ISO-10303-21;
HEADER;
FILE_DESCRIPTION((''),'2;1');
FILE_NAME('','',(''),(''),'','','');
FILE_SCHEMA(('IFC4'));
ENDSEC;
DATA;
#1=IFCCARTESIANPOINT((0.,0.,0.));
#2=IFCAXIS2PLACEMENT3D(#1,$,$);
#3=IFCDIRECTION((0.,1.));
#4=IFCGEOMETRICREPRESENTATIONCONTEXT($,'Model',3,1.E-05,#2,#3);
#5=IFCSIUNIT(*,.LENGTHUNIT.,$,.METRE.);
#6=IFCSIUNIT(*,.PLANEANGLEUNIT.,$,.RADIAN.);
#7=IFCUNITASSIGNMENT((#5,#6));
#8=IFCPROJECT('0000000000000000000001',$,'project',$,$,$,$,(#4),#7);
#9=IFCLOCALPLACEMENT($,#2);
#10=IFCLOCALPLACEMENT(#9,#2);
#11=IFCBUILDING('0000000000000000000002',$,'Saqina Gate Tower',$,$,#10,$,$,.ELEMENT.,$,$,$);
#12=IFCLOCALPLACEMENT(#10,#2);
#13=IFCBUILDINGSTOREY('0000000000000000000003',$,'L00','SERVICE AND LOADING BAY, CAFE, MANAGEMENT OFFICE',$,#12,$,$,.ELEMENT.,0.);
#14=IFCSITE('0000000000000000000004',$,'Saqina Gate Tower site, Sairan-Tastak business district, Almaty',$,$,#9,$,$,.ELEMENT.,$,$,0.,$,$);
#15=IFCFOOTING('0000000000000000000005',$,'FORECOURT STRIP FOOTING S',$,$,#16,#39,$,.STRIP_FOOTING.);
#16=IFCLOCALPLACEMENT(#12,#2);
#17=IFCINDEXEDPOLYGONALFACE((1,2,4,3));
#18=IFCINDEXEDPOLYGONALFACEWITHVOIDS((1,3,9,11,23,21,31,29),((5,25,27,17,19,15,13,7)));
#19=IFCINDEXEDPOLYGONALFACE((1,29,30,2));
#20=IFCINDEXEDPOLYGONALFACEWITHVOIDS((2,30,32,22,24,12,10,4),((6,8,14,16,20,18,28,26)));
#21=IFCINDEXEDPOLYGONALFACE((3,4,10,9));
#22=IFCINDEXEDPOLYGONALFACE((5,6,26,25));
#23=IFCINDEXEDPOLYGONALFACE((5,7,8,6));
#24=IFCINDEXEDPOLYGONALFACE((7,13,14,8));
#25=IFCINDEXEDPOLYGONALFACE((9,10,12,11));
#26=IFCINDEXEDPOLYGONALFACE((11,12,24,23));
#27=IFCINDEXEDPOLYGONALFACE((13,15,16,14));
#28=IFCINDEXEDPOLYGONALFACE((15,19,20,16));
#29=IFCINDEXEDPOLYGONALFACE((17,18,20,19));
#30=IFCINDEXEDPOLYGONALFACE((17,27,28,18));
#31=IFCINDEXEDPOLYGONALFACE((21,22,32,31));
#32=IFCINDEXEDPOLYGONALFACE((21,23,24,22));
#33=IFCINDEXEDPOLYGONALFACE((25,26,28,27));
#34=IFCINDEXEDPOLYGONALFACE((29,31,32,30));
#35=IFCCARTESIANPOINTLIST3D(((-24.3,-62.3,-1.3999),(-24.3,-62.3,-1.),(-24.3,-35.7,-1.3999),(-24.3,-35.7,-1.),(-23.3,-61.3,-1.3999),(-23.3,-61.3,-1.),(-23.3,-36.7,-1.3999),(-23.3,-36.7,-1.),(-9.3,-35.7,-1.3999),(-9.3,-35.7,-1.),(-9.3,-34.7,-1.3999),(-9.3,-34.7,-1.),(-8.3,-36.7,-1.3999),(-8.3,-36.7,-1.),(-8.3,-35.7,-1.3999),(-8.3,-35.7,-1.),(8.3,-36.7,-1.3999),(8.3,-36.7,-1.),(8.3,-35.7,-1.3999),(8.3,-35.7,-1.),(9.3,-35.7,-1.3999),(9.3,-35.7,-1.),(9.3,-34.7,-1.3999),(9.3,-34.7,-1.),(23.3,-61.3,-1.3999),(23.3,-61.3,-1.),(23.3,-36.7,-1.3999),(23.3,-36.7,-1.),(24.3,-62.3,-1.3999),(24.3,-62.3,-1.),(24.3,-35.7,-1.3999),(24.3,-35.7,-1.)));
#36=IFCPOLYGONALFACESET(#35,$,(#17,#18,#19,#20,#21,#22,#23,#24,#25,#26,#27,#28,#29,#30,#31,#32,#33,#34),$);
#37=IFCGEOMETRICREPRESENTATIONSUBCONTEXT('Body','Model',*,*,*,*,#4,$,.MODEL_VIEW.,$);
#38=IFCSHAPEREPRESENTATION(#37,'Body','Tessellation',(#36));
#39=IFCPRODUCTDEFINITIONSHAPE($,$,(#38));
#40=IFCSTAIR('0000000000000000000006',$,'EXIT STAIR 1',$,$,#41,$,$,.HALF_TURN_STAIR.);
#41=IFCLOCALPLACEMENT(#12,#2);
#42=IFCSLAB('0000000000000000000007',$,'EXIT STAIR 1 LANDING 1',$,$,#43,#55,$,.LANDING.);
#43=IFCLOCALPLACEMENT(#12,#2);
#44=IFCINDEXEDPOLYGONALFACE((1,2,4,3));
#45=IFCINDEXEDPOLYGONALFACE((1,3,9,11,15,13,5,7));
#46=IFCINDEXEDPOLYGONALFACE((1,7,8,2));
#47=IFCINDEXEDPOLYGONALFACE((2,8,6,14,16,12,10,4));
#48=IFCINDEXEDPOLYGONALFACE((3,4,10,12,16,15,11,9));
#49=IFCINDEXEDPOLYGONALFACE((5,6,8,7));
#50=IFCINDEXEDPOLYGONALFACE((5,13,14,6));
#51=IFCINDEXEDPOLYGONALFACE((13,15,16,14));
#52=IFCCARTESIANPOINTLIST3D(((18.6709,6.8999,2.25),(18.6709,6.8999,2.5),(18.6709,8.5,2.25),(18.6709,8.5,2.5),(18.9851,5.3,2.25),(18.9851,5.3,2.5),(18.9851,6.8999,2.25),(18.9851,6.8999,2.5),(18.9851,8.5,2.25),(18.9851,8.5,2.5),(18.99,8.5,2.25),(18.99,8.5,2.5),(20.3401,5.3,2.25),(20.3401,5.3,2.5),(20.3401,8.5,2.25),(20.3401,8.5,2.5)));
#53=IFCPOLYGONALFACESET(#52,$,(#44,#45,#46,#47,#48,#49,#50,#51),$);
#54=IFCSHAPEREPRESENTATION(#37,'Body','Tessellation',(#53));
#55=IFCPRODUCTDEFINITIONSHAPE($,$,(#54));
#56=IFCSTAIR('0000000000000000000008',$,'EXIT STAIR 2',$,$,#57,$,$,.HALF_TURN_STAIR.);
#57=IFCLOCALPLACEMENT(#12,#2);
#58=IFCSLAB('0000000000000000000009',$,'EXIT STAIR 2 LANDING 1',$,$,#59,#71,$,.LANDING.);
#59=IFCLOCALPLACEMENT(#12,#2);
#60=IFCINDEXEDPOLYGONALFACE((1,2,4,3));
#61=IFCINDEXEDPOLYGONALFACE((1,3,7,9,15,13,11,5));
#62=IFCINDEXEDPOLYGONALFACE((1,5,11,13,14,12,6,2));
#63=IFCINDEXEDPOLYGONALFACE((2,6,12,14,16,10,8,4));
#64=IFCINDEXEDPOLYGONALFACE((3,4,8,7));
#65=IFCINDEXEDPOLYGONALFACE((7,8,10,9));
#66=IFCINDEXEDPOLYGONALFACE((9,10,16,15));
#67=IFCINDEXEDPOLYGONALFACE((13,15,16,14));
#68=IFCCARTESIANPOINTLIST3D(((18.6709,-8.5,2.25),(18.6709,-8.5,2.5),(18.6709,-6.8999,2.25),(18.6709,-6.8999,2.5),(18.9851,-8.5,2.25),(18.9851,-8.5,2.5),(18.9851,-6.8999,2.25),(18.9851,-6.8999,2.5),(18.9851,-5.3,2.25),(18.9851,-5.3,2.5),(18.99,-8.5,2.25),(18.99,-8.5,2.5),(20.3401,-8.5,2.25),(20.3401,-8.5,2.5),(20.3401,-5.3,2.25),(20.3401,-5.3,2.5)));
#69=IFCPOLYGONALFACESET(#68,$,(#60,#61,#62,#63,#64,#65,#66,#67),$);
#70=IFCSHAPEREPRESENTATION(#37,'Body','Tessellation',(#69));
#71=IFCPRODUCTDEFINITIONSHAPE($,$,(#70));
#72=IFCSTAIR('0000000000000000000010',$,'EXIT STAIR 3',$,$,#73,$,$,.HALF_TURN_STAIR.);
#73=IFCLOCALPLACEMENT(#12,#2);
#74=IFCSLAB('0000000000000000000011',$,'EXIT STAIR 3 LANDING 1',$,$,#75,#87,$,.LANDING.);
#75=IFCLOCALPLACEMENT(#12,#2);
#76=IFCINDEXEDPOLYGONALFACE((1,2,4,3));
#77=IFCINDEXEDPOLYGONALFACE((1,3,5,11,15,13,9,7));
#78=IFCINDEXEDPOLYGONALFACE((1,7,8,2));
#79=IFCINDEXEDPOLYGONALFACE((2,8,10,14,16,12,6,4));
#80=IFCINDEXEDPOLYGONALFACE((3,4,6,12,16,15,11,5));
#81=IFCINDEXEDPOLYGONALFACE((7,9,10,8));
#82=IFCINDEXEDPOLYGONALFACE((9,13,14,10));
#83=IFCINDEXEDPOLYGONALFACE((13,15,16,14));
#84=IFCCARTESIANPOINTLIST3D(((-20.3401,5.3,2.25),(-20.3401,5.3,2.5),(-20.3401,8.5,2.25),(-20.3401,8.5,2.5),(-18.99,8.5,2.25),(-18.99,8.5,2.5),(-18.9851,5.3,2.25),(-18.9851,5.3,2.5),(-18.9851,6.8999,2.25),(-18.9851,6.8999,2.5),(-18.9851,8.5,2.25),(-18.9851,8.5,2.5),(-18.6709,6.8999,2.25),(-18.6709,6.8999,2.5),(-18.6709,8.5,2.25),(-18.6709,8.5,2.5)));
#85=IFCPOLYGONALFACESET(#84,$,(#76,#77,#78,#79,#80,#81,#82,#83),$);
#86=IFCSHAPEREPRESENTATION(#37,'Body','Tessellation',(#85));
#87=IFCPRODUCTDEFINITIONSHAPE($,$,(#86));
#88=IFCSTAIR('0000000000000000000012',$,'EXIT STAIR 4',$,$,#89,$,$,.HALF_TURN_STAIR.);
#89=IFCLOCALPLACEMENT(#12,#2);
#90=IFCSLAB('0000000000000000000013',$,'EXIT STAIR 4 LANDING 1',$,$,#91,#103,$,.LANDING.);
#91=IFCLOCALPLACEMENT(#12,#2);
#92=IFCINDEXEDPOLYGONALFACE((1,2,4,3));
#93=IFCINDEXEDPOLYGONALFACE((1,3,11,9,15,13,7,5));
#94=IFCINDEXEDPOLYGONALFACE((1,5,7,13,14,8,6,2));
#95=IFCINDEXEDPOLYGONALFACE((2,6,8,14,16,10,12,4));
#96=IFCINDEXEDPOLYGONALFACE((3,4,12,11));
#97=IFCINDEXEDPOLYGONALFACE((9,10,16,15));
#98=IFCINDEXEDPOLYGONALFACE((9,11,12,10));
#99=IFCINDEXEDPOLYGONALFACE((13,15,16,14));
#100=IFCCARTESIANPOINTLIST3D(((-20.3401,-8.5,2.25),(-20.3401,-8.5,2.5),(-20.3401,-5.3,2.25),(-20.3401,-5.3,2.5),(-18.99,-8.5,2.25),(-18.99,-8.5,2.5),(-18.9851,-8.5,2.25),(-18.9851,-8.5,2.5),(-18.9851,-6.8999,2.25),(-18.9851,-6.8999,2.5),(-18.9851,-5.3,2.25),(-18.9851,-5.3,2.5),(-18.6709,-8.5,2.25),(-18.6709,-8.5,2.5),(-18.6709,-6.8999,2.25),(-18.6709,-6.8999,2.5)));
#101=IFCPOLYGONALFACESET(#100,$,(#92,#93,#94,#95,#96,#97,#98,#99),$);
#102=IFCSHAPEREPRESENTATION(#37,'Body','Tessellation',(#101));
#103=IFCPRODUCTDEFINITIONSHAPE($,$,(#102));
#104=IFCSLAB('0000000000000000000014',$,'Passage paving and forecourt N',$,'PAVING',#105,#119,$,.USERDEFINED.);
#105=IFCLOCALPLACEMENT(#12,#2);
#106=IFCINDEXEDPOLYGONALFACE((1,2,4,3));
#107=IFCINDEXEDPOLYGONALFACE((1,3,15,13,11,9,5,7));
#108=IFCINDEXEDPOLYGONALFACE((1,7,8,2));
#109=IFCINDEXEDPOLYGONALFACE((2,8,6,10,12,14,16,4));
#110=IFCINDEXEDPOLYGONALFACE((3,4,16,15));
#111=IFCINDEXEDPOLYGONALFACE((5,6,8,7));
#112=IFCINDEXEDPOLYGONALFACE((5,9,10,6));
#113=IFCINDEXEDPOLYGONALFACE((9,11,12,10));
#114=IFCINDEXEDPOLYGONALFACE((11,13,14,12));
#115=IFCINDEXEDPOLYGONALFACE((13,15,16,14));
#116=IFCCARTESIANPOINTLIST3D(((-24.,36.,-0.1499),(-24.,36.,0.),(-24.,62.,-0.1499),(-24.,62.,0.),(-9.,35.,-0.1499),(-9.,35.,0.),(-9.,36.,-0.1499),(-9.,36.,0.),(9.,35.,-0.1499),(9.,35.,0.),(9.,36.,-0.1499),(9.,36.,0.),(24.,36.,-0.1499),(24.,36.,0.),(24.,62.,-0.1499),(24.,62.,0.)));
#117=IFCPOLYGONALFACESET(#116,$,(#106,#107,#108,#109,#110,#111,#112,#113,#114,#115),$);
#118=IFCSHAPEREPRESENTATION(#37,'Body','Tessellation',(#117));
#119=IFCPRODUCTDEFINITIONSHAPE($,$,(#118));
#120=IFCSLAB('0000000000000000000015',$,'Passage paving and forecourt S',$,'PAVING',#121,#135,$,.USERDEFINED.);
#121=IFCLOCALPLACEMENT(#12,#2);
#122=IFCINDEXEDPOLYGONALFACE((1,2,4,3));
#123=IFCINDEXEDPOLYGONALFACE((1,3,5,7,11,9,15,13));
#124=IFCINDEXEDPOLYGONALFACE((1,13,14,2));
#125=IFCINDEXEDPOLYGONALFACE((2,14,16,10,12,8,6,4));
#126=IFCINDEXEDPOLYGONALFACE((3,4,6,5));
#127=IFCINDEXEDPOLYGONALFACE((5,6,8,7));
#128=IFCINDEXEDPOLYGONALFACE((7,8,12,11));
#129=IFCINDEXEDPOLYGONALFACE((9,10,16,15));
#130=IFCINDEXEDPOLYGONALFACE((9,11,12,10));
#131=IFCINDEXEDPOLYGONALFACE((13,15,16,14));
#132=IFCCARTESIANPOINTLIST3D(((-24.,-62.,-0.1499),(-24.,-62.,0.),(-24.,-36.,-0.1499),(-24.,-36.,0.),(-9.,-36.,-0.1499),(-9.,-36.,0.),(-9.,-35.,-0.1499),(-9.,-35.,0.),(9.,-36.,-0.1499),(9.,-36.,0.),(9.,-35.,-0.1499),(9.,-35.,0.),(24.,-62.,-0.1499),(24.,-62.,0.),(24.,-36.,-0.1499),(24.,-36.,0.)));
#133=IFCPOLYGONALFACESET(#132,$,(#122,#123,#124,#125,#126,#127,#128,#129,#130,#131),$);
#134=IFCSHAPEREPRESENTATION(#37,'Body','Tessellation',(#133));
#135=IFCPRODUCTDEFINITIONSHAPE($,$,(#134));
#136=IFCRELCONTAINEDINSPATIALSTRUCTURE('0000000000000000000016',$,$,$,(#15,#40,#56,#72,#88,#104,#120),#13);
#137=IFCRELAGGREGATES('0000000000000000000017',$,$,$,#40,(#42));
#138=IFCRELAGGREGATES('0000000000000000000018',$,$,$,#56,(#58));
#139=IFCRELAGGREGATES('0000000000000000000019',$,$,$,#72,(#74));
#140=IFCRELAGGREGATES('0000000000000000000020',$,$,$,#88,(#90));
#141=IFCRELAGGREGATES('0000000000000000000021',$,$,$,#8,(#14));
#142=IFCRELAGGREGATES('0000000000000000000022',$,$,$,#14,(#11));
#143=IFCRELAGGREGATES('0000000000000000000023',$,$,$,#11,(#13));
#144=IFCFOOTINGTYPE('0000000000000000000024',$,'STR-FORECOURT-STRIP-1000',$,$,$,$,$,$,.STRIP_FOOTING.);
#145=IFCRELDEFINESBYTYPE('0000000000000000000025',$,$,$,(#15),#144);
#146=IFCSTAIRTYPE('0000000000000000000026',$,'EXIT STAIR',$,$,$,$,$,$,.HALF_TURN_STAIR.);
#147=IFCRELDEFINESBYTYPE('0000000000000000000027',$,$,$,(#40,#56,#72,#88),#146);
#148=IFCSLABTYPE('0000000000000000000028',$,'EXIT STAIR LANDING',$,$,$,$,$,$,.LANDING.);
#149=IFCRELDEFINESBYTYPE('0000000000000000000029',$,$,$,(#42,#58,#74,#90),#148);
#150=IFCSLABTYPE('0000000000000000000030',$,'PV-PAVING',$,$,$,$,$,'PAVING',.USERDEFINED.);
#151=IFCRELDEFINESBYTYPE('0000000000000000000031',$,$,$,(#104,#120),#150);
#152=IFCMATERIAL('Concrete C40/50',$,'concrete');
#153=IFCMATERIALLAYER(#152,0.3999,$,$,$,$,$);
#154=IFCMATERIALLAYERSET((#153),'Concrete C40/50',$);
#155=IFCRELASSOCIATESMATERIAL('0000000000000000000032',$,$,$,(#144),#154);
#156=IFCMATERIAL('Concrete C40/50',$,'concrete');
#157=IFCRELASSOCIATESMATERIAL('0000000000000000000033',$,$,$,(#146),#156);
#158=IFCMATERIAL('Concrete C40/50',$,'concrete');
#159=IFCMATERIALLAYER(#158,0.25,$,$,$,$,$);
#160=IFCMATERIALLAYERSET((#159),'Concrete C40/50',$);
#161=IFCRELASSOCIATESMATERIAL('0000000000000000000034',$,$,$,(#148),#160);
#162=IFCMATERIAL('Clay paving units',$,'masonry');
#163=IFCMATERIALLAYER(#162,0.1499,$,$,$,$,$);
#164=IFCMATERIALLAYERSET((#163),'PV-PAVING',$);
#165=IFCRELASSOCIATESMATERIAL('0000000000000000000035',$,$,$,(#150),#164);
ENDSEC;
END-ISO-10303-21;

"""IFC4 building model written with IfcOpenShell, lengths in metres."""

from ifc_helpers import new_model, si_unit, direction, frame, origin, place, context, subcontext, project, spatial, polyline, outline, extrude, material, layer, layer_set, type_object, element, aggregate, save


model = new_model("IFC4")

# Units and contexts
model_context = context("Model", 3, precision=1e-05, world=origin(), true_north=direction((0.0, 1.0)))
body_context = subcontext(model_context, "Body", "Model", "MODEL_VIEW")
ifc_project = project(units=[si_unit("LENGTHUNIT", "METRE"), si_unit("PLANEANGLEUNIT", "RADIAN")], contexts=[model_context])

# Site, building, storey
site_placement = place(None, origin())
site = spatial("IfcSite", under=ifc_project, at=site_placement, Name="Saqina Gate Tower site, Sairan-Tastak business district, Almaty", CompositionType="ELEMENT", RefElevation=0.0)
building_placement = place(site_placement, origin())
building = spatial("IfcBuilding", under=site, at=building_placement, Name="Saqina Gate Tower", CompositionType="ELEMENT")
storey_placement = place(building_placement, origin())
storey = spatial("IfcBuildingStorey", under=building, at=storey_placement, Name="L00", Description="SERVICE AND LOADING BAY, CAFE, MANAGEMENT OFFICE", CompositionType="ELEMENT", Elevation=0.0)

# Footing
ifc_material_1 = material(Name="Concrete C40/50", Category="concrete")
ifc_layer_1 = layer(ifc_material_1, 0.3999)
ifc_layer_set_1 = layer_set([ifc_layer_1], Name="Concrete C40/50")
footing_type = type_object("IfcFootingType", Name="STR-FORECOURT-STRIP-1000", PredefinedType="STRIP_FOOTING", material=ifc_layer_set_1)
footing_placement = place(storey_placement, frame((0.0, 0.0, -1.3999)))
element("IfcFooting", 1, at=footing_placement, inside=storey, type_object=footing_type, Name="FORECOURT STRIP FOOTING S", PredefinedType="STRIP_FOOTING", context=body_context, shape_type="SweptSolid", body=[
    extrude(outline(polyline([(-24.3, -62.3), (24.3, -62.3), (24.3, -35.7), (9.3, -35.7), (9.3, -34.7), (-9.3, -34.7), (-9.3, -35.7), (-24.3, -35.7), (-24.3, -62.3)]), holes=[polyline([(23.3, -36.7), (23.3, -61.3), (-23.3, -61.3), (-23.3, -36.7), (-8.3, -36.7), (-8.3, -35.7), (8.3, -35.7), (8.3, -36.7), (23.3, -36.7)])]), origin(), (0.0, 0.0, 1.0), 0.3999),
])

# Stairs, slabs
ifc_material_2 = material(Name="Concrete C40/50", Category="concrete")
stair_type = type_object("IfcStairType", Name="EXIT STAIR", PredefinedType="HALF_TURN_STAIR", material=ifc_material_2)
stair_1_placement = place(storey_placement, origin())
stair_1 = element("IfcStair", 2, at=stair_1_placement, inside=storey, type_object=stair_type, Name="EXIT STAIR 1", PredefinedType="HALF_TURN_STAIR")
ifc_material_3 = material(Name="Concrete C40/50", Category="concrete")
ifc_layer_2 = layer(ifc_material_3, 0.25)
ifc_layer_set_2 = layer_set([ifc_layer_2], Name="Concrete C40/50")
slab_type_1 = type_object("IfcSlabType", Name="EXIT STAIR LANDING", PredefinedType="LANDING", material=ifc_layer_set_2)
slab_1_placement = place(storey_placement, frame((0.0, 0.0, 2.25)))
slab_1 = element("IfcSlab", 3, at=slab_1_placement, type_object=slab_type_1, Name="EXIT STAIR 1 LANDING 1", PredefinedType="LANDING", context=body_context, shape_type="SweptSolid", body=[
    extrude(outline(polyline([(20.3401, 8.5), (20.3401, 5.3), (18.9851, 5.3), (18.9851, 6.8999), (18.6709, 6.8999), (18.6709, 8.5), (18.9851, 8.5), (18.99, 8.5), (20.3401, 8.5)])), origin(), (0.0, 0.0, 1.0), 0.25),
])
aggregate(stair_1, [slab_1])
stair_2_placement = place(storey_placement, origin())
stair_2 = element("IfcStair", 4, at=stair_2_placement, inside=storey, type_object=stair_type, Name="EXIT STAIR 2", PredefinedType="HALF_TURN_STAIR")
slab_2_placement = place(storey_placement, frame((0.0, 0.0, 2.25)))
slab_2 = element("IfcSlab", 5, at=slab_2_placement, type_object=slab_type_1, Name="EXIT STAIR 2 LANDING 1", PredefinedType="LANDING", context=body_context, shape_type="SweptSolid", body=[
    extrude(outline(polyline([(18.6709, -8.5), (18.6709, -6.8999), (18.9851, -6.8999), (18.9851, -5.3), (20.3401, -5.3), (20.3401, -8.5), (18.99, -8.5), (18.9851, -8.5), (18.6709, -8.5)])), origin(), (0.0, 0.0, 1.0), 0.25),
])
aggregate(stair_2, [slab_2])
stair_3_placement = place(storey_placement, origin())
stair_3 = element("IfcStair", 6, at=stair_3_placement, inside=storey, type_object=stair_type, Name="EXIT STAIR 3", PredefinedType="HALF_TURN_STAIR")
slab_3_placement = place(storey_placement, frame((0.0, 0.0, 2.25)))
slab_3 = element("IfcSlab", 7, at=slab_3_placement, type_object=slab_type_1, Name="EXIT STAIR 3 LANDING 1", PredefinedType="LANDING", context=body_context, shape_type="SweptSolid", body=[
    extrude(outline(polyline([(-18.9851, 5.3), (-20.3401, 5.3), (-20.3401, 8.5), (-18.99, 8.5), (-18.9851, 8.5), (-18.6709, 8.5), (-18.6709, 6.8999), (-18.9851, 6.8999), (-18.9851, 5.3)])), origin(), (0.0, 0.0, 1.0), 0.25),
])
aggregate(stair_3, [slab_3])
stair_4_placement = place(storey_placement, origin())
stair_4 = element("IfcStair", 8, at=stair_4_placement, inside=storey, type_object=stair_type, Name="EXIT STAIR 4", PredefinedType="HALF_TURN_STAIR")
slab_4_placement = place(storey_placement, frame((0.0, 0.0, 2.25)))
slab_4 = element("IfcSlab", 9, at=slab_4_placement, type_object=slab_type_1, Name="EXIT STAIR 4 LANDING 1", PredefinedType="LANDING", context=body_context, shape_type="SweptSolid", body=[
    extrude(outline(polyline([(-18.6709, -6.8999), (-18.6709, -8.5), (-18.9851, -8.5), (-18.99, -8.5), (-20.3401, -8.5), (-20.3401, -5.3), (-18.9851, -5.3), (-18.9851, -6.8999), (-18.6709, -6.8999)])), origin(), (0.0, 0.0, 1.0), 0.25),
])
aggregate(stair_4, [slab_4])

# Slabs
ifc_material_4 = material(Name="Clay paving units", Category="masonry")
ifc_layer_3 = layer(ifc_material_4, 0.1499)
ifc_layer_set_3 = layer_set([ifc_layer_3], Name="PV-PAVING")
slab_type_2 = type_object("IfcSlabType", Name="PV-PAVING", ElementType="PAVING", PredefinedType="USERDEFINED", material=ifc_layer_set_3)
slab_5_placement = place(storey_placement, frame((0.0, 0.0, -0.1499)))
element("IfcSlab", 10, at=slab_5_placement, inside=storey, type_object=slab_type_2, Name="Passage paving and forecourt N", ObjectType="PAVING", PredefinedType="USERDEFINED", context=body_context, shape_type="SweptSolid", body=[
    extrude(outline(polyline([(-9.0, 35.0), (9.0, 35.0), (9.0, 36.0), (24.0, 36.0), (24.0, 62.0), (-24.0, 62.0), (-24.0, 36.0), (-9.0, 36.0), (-9.0, 35.0)])), origin(), (0.0, 0.0, 1.0), 0.1499),
])
slab_6_placement = place(storey_placement, frame((0.0, 0.0, -0.1499)))
element("IfcSlab", 11, at=slab_6_placement, inside=storey, type_object=slab_type_2, Name="Passage paving and forecourt S", ObjectType="PAVING", PredefinedType="USERDEFINED", context=body_context, shape_type="SweptSolid", body=[
    extrude(outline(polyline([(24.0, -62.0), (24.0, -36.0), (9.0, -36.0), (9.0, -35.0), (-9.0, -35.0), (-9.0, -36.0), (-24.0, -36.0), (-24.0, -62.0), (24.0, -62.0)])), origin(), (0.0, 0.0, 1.0), 0.1499),
])

save(model, "model.ifc")
